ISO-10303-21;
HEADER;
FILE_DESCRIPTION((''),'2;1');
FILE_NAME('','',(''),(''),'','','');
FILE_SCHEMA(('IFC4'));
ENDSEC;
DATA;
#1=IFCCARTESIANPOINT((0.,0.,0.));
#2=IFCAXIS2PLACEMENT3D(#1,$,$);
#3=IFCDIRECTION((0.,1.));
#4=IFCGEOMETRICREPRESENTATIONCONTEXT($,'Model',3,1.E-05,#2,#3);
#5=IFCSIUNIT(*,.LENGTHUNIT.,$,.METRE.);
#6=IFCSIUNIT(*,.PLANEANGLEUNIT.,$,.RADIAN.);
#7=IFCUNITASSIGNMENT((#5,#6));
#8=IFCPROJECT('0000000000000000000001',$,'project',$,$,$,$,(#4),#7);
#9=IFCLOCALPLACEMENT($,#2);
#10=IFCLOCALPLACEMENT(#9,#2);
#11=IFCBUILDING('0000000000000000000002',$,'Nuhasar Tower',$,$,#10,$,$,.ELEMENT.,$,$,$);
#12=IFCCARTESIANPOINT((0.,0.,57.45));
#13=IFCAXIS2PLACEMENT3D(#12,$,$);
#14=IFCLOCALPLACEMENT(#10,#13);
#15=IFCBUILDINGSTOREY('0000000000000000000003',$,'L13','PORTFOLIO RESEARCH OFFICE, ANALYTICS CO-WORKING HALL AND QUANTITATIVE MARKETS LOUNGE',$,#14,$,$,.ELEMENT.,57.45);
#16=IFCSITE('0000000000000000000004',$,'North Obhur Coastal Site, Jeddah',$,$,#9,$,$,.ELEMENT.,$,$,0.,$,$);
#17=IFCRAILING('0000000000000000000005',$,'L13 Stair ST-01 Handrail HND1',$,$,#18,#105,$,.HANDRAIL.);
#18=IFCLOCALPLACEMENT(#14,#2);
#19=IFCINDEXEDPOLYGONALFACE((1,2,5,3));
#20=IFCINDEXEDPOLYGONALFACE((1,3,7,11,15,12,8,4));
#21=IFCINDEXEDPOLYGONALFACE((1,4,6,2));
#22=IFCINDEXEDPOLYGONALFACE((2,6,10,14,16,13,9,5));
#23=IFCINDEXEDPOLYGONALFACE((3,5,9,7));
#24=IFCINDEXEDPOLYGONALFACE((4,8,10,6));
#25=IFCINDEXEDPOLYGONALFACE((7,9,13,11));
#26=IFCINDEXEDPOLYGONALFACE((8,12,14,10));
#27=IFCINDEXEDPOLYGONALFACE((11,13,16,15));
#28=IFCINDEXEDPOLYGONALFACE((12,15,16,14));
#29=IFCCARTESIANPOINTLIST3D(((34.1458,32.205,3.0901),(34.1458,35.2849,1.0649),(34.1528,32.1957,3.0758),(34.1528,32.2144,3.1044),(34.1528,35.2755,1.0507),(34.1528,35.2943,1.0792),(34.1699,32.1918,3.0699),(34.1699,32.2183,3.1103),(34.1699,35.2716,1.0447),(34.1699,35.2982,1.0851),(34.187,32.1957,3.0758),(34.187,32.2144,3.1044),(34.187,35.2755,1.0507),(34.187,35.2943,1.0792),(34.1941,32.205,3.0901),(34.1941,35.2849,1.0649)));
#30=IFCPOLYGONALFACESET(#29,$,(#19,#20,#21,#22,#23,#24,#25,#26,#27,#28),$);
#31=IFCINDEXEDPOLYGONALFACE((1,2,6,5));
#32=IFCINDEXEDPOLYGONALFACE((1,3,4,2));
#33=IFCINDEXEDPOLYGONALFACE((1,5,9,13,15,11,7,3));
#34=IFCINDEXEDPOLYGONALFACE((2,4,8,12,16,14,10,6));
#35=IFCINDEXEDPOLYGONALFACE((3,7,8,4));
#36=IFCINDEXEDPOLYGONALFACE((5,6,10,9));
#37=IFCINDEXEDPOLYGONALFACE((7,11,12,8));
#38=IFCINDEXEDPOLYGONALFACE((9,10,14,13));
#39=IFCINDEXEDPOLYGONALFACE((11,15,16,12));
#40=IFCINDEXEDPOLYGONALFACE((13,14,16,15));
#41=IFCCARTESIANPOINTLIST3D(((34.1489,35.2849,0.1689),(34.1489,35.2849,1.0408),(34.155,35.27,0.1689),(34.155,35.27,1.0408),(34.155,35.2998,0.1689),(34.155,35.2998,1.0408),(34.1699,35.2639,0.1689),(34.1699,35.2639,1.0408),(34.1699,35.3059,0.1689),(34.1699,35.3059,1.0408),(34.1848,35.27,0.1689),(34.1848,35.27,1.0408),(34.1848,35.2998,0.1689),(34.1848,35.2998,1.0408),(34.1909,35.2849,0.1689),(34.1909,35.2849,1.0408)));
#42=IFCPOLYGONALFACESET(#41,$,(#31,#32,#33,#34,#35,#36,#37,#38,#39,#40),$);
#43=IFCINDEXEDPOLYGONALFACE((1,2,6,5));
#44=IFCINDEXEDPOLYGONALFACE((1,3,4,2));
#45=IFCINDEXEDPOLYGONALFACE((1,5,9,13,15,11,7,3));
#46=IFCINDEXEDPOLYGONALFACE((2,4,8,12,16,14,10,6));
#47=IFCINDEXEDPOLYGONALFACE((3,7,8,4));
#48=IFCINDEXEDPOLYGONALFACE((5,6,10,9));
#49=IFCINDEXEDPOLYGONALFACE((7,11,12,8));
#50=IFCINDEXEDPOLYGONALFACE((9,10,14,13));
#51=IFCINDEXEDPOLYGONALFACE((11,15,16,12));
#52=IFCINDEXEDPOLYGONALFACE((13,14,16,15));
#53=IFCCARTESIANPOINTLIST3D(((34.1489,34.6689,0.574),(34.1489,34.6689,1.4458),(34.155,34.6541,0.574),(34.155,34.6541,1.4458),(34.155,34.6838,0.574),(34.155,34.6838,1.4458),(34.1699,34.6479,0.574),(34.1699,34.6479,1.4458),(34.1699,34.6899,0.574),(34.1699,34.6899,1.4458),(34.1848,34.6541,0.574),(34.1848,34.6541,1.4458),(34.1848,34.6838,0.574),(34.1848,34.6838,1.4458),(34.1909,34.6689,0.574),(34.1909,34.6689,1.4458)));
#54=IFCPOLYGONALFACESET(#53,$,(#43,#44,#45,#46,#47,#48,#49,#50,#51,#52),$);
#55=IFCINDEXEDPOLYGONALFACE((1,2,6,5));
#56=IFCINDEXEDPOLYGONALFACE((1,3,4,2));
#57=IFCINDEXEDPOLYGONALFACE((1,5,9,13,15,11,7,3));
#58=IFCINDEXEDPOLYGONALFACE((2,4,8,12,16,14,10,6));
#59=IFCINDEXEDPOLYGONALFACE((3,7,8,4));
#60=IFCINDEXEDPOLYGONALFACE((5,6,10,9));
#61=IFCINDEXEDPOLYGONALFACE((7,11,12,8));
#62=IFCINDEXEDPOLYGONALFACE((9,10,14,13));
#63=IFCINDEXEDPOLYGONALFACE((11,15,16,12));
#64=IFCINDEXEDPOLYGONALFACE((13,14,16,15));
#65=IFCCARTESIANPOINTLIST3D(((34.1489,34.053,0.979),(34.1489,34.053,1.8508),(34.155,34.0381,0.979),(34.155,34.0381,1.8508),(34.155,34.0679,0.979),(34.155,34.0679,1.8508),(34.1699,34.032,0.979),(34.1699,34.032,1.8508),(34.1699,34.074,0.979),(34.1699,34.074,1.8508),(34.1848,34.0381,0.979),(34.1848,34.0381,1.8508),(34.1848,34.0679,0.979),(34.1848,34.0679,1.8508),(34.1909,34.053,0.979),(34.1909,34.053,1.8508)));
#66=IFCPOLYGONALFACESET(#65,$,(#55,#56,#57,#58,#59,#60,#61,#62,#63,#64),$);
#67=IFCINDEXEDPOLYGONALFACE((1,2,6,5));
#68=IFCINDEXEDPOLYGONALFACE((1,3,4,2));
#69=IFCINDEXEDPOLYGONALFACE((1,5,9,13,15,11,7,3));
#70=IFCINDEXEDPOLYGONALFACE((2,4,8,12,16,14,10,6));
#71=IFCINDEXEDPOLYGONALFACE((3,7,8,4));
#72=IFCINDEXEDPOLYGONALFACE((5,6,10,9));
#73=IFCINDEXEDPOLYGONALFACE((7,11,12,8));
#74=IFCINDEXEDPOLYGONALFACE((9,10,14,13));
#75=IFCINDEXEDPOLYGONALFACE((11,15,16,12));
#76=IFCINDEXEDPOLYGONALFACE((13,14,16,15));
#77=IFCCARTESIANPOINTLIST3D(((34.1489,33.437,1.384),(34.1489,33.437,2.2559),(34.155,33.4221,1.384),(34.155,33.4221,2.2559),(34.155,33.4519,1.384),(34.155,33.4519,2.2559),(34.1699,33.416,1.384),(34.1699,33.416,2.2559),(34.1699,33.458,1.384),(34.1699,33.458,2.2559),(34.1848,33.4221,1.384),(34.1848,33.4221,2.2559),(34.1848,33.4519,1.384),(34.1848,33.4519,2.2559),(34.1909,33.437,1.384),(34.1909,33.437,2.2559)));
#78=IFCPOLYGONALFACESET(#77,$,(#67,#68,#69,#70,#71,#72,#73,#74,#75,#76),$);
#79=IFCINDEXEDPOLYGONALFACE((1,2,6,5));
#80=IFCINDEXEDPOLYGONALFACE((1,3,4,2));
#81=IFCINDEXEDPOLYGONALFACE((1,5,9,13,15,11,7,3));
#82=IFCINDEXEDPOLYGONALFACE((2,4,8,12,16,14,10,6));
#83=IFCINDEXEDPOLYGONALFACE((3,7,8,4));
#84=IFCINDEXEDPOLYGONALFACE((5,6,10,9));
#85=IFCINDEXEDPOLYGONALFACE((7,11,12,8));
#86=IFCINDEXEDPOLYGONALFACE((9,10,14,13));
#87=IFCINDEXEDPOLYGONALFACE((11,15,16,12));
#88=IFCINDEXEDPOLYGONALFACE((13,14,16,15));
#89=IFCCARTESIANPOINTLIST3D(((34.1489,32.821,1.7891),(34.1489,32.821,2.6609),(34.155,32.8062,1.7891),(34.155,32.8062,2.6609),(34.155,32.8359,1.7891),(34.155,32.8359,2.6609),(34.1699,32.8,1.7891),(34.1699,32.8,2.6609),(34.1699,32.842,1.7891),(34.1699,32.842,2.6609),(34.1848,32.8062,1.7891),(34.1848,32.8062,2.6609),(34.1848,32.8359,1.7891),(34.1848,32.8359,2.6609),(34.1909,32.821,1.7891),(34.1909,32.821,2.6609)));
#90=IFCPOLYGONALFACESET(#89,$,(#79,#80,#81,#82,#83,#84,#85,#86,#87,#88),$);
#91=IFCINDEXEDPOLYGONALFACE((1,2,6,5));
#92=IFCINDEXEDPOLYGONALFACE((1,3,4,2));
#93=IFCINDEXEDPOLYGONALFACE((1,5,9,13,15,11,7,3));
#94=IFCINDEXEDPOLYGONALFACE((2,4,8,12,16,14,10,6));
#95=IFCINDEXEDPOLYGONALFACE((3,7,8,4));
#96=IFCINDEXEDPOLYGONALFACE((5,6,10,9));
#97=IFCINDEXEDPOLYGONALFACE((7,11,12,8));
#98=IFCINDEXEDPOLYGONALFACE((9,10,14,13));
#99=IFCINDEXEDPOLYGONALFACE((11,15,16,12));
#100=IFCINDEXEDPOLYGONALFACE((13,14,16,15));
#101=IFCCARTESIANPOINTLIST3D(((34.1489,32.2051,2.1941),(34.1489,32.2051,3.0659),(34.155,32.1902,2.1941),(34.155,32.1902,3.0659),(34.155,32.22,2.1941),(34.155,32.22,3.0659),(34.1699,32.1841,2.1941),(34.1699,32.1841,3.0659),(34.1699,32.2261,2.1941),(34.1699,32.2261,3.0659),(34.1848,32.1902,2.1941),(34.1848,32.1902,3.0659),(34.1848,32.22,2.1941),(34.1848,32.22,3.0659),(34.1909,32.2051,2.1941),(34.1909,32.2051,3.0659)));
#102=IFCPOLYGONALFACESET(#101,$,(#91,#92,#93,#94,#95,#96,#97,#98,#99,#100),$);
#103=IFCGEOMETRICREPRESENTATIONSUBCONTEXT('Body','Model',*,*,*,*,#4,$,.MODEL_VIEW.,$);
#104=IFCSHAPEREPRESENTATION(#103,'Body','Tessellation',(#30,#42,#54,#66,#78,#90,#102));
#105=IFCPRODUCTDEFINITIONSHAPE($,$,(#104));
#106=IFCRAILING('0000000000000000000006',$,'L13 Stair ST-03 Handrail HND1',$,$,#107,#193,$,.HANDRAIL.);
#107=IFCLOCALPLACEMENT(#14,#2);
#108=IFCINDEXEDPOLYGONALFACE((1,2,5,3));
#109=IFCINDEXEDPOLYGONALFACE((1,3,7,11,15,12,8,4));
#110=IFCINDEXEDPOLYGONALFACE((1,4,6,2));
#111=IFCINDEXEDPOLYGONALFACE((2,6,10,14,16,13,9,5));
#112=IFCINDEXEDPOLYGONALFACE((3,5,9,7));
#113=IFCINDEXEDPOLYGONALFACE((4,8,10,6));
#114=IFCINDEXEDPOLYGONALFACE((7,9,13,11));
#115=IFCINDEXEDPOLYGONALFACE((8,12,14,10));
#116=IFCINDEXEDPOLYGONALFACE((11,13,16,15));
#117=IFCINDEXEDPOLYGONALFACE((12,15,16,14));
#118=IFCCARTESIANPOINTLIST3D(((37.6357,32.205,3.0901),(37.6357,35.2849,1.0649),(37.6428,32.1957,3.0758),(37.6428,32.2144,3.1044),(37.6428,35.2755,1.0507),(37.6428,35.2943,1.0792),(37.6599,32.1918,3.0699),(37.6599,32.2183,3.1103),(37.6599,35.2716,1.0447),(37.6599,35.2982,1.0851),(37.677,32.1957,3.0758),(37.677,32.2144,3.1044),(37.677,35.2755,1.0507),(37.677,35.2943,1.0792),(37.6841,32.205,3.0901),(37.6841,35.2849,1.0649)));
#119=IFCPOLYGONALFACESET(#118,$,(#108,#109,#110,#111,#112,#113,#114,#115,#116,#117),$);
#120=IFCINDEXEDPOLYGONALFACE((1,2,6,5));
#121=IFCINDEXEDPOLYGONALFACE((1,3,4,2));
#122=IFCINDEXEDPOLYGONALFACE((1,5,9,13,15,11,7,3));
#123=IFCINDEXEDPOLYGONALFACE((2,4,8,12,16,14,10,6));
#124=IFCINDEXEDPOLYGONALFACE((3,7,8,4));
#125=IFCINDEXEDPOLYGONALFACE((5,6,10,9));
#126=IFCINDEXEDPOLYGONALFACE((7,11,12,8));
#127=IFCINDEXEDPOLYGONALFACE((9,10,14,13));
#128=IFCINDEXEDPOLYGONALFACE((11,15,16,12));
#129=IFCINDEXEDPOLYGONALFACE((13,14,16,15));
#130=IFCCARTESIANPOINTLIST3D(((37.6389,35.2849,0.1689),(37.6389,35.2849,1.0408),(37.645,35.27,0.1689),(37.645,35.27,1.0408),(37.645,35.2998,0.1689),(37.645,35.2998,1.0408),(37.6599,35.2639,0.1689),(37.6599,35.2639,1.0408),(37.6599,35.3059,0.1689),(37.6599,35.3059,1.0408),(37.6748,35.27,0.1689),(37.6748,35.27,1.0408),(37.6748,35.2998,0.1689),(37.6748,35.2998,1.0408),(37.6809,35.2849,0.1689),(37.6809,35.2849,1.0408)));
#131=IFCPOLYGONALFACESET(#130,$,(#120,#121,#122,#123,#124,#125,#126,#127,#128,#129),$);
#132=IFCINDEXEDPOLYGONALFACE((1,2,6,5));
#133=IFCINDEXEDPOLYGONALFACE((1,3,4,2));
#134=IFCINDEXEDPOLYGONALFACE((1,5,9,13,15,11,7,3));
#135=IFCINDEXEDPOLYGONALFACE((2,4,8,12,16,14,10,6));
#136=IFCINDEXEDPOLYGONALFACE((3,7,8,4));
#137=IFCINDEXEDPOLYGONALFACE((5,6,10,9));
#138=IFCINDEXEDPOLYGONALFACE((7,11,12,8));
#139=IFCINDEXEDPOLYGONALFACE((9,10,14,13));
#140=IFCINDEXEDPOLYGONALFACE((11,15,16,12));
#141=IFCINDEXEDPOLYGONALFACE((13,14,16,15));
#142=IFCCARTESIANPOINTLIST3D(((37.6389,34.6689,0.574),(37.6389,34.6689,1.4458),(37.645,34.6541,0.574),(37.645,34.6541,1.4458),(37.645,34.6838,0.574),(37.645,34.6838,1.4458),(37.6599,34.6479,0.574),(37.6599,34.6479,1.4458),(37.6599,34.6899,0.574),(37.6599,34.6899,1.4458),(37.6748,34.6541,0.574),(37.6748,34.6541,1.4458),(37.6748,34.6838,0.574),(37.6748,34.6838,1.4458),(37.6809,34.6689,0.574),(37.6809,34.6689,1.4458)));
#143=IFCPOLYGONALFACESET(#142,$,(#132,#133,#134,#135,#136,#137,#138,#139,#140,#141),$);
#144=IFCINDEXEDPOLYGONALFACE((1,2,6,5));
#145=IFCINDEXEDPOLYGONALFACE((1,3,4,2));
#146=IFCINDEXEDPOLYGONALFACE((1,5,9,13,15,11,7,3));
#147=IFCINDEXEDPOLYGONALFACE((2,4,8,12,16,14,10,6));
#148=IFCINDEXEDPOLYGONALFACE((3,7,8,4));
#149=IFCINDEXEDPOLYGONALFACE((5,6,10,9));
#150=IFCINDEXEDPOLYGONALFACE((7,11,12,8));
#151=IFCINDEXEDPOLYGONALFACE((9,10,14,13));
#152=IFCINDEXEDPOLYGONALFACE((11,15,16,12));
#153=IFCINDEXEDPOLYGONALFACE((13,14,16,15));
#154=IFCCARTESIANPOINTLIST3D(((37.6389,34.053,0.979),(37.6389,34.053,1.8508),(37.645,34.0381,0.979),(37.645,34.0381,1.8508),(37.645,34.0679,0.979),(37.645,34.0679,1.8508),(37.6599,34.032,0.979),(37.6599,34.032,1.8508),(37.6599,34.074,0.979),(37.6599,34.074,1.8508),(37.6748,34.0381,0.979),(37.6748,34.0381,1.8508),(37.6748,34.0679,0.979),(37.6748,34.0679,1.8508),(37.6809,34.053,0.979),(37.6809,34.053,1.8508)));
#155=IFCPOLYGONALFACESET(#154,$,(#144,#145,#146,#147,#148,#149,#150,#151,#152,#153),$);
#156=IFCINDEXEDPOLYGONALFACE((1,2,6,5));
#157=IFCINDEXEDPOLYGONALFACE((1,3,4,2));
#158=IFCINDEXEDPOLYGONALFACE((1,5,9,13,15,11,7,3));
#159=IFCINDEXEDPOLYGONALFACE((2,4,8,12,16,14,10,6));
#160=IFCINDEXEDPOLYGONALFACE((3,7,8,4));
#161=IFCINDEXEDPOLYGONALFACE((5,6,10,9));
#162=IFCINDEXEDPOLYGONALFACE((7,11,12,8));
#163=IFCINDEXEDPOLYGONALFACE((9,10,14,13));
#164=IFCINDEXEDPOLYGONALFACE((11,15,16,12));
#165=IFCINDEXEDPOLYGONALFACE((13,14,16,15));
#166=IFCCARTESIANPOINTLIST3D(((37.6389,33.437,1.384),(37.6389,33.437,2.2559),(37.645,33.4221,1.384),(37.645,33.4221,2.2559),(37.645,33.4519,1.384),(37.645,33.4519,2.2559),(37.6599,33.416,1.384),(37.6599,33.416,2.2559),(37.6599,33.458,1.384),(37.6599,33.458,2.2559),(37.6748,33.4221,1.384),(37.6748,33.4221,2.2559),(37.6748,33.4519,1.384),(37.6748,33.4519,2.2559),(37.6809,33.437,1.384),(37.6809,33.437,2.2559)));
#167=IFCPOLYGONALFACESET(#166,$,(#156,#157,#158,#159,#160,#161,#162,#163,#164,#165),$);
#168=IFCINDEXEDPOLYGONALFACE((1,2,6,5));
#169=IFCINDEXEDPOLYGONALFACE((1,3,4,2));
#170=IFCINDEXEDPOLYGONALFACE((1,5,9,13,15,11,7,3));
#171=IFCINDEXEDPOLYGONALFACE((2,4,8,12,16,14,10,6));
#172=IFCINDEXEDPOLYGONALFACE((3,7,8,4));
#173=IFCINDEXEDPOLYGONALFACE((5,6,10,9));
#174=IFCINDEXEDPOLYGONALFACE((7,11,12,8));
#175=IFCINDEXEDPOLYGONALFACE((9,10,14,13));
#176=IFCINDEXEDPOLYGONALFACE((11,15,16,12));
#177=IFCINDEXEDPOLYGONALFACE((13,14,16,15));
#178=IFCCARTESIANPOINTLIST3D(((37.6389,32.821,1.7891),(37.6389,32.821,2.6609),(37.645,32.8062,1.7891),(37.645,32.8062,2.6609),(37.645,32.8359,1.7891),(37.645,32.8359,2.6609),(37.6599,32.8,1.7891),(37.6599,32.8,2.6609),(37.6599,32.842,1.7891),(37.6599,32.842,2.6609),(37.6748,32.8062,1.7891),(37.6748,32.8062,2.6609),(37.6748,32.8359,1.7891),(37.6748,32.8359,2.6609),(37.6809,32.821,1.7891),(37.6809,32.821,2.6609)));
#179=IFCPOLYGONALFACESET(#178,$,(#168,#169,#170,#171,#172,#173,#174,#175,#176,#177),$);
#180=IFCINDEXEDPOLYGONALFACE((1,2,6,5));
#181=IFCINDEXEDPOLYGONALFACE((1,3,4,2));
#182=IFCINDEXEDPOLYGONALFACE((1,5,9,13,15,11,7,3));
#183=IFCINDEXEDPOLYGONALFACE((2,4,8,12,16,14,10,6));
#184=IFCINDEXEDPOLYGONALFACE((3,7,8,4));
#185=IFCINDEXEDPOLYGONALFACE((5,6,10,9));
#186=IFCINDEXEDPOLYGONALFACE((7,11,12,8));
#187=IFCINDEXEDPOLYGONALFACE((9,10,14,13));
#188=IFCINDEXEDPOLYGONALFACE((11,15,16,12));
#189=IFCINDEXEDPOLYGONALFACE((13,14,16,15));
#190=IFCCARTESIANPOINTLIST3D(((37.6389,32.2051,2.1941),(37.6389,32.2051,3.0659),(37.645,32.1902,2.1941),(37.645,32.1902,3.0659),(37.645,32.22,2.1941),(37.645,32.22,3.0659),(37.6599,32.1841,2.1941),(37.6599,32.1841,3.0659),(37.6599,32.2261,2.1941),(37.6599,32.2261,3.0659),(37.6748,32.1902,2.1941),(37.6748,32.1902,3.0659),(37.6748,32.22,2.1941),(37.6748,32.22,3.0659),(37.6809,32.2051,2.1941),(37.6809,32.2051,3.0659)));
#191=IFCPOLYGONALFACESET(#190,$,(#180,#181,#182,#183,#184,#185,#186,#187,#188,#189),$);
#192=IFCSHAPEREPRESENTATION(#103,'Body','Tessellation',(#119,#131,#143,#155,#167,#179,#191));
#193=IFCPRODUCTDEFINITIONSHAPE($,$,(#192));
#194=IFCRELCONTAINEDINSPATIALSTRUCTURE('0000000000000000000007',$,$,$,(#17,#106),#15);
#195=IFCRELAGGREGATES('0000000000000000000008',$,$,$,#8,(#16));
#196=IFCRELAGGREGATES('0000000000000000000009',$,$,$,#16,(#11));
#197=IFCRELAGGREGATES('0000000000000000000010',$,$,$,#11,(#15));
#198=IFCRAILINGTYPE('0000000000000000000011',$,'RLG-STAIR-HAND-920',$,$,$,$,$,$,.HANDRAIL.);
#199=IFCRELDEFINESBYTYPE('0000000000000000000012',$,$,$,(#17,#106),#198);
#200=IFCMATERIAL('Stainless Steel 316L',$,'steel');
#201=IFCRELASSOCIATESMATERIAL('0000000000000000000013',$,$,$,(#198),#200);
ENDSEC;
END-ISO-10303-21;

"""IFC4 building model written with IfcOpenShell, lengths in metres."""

from ifc_helpers import new_model, si_unit, direction, frame, origin, place, context, subcontext, project, spatial, polyline, outline, extrude, material, type_object, element, save


model = new_model("IFC4")

# Units and contexts
model_context = context("Model", 3, precision=1e-05, world=origin(), true_north=direction((0.0, 1.0)))
body_context = subcontext(model_context, "Body", "Model", "MODEL_VIEW")
ifc_project = project(units=[si_unit("LENGTHUNIT", "METRE"), si_unit("PLANEANGLEUNIT", "RADIAN")], contexts=[model_context])

# Site, building, storey
site_placement = place(None, origin())
site = spatial("IfcSite", under=ifc_project, at=site_placement, Name="North Obhur Coastal Site, Jeddah", CompositionType="ELEMENT", RefElevation=0.0)
building_placement = place(site_placement, origin())
building = spatial("IfcBuilding", under=site, at=building_placement, Name="Nuhasar Tower", CompositionType="ELEMENT")
storey_placement = place(building_placement, frame((0.0, 0.0, 57.45)))
storey = spatial("IfcBuildingStorey", under=building, at=storey_placement, Name="L13", Description="PORTFOLIO RESEARCH OFFICE, ANALYTICS CO-WORKING HALL AND QUANTITATIVE MARKETS LOUNGE", CompositionType="ELEMENT", Elevation=57.45)

# Railings
ifc_material_1 = material(Name="Stainless Steel 316L", Category="steel")
railing_type_1 = type_object("IfcRailingType", Name="RLG-STAIR-HAND-920", PredefinedType="HANDRAIL", material=ifc_material_1)
railing_1_placement = place(storey_placement, frame((34.1699, 35.2849, 0.1689)))
element("IfcRailing", 1, at=railing_1_placement, inside=storey, type_object=railing_type_1, Name="L13 Stair ST-01 Handrail HND1", PredefinedType="HANDRAIL", context=body_context, shape_type="SweptSolid", body=[
    extrude(outline(polyline([(0.0242, 0.0), (0.0171, 0.0171), (0.0, 0.0242), (-0.0171, 0.0171), (-0.0242, 0.0), (-0.0171, -0.0171), (0.0, -0.0242), (0.0171, -0.0171), (0.0242, 0.0)])), frame((0.0, 0.0, 0.896), z_axis=(0.0, -0.835549, 0.549416), x_axis=(1.0, 0.0, 0.0)), (0.0, 0.0, 1.0), 3.686),
    extrude(outline(polyline([(0.021, 0.0), (0.0149, 0.0149), (0.0, 0.021), (-0.0149, 0.0149), (-0.021, 0.0), (-0.0149, -0.0149), (0.0, -0.021), (0.0149, -0.0149), (0.021, 0.0)])), origin(), (0.0, 0.0, 1.0), 0.8718),
    extrude(outline(polyline([(0.021, 0.0), (0.0149, 0.0149), (0.0, 0.021), (-0.0149, 0.0149), (-0.021, 0.0), (-0.0149, -0.0149), (0.0, -0.021), (0.0149, -0.0149), (0.021, 0.0)])), frame((0.0, -0.616, 0.405)), (0.0, 0.0, 1.0), 0.8718),
    extrude(outline(polyline([(0.021, 0.0), (0.0149, 0.0149), (0.0, 0.021), (-0.0149, 0.0149), (-0.021, 0.0), (-0.0149, -0.0149), (0.0, -0.021), (0.0149, -0.0149), (0.021, 0.0)])), frame((0.0, -1.2319, 0.8101)), (0.0, 0.0, 1.0), 0.8718),
    extrude(outline(polyline([(0.021, 0.0), (0.0149, 0.0149), (0.0, 0.021), (-0.0149, 0.0149), (-0.021, 0.0), (-0.0149, -0.0149), (0.0, -0.021), (0.0149, -0.0149), (0.021, 0.0)])), frame((0.0, -1.8479, 1.2151)), (0.0, 0.0, 1.0), 0.8718),
    extrude(outline(polyline([(0.021, 0.0), (0.0149, 0.0149), (0.0, 0.021), (-0.0149, 0.0149), (-0.021, 0.0), (-0.0149, -0.0149), (0.0, -0.021), (0.0149, -0.0149), (0.021, 0.0)])), frame((0.0, -2.4639, 1.6201)), (0.0, 0.0, 1.0), 0.8718),
    extrude(outline(polyline([(0.021, 0.0), (0.0149, 0.0149), (0.0, 0.021), (-0.0149, 0.0149), (-0.021, 0.0), (-0.0149, -0.0149), (0.0, -0.021), (0.0149, -0.0149), (0.021, 0.0)])), frame((0.0, -3.0798, 2.0251)), (0.0, 0.0, 1.0), 0.8718),
])
railing_2_placement = place(storey_placement, frame((37.6599, 35.2849, 0.1689)))
element("IfcRailing", 2, at=railing_2_placement, inside=storey, type_object=railing_type_1, Name="L13 Stair ST-03 Handrail HND1", PredefinedType="HANDRAIL", context=body_context, shape_type="SweptSolid", body=[
    extrude(outline(polyline([(0.0242, 0.0), (0.0171, 0.0171), (0.0, 0.0242), (-0.0171, 0.0171), (-0.0242, 0.0), (-0.0171, -0.0171), (0.0, -0.0242), (0.0171, -0.0171), (0.0242, 0.0)])), frame((0.0, 0.0, 0.896), z_axis=(0.0, -0.835549, 0.549416), x_axis=(1.0, 0.0, 0.0)), (0.0, 0.0, 1.0), 3.686),
    extrude(outline(polyline([(0.021, 0.0), (0.0149, 0.0149), (0.0, 0.021), (-0.0149, 0.0149), (-0.021, 0.0), (-0.0149, -0.0149), (0.0, -0.021), (0.0149, -0.0149), (0.021, 0.0)])), origin(), (0.0, 0.0, 1.0), 0.8718),
    extrude(outline(polyline([(0.021, 0.0), (0.0149, 0.0149), (0.0, 0.021), (-0.0149, 0.0149), (-0.021, 0.0), (-0.0149, -0.0149), (0.0, -0.021), (0.0149, -0.0149), (0.021, 0.0)])), frame((0.0, -0.616, 0.405)), (0.0, 0.0, 1.0), 0.8718),
    extrude(outline(polyline([(0.021, 0.0), (0.0149, 0.0149), (0.0, 0.021), (-0.0149, 0.0149), (-0.021, 0.0), (-0.0149, -0.0149), (0.0, -0.021), (0.0149, -0.0149), (0.021, 0.0)])), frame((0.0, -1.2319, 0.8101)), (0.0, 0.0, 1.0), 0.8718),
    extrude(outline(polyline([(0.021, 0.0), (0.0149, 0.0149), (0.0, 0.021), (-0.0149, 0.0149), (-0.021, 0.0), (-0.0149, -0.0149), (0.0, -0.021), (0.0149, -0.0149), (0.021, 0.0)])), frame((0.0, -1.8479, 1.2151)), (0.0, 0.0, 1.0), 0.8718),
    extrude(outline(polyline([(0.021, 0.0), (0.0149, 0.0149), (0.0, 0.021), (-0.0149, 0.0149), (-0.021, 0.0), (-0.0149, -0.0149), (0.0, -0.021), (0.0149, -0.0149), (0.021, 0.0)])), frame((0.0, -2.4639, 1.6201)), (0.0, 0.0, 1.0), 0.8718),
    extrude(outline(polyline([(0.021, 0.0), (0.0149, 0.0149), (0.0, 0.021), (-0.0149, 0.0149), (-0.021, 0.0), (-0.0149, -0.0149), (0.0, -0.021), (0.0149, -0.0149), (0.021, 0.0)])), frame((0.0, -3.0798, 2.0251)), (0.0, 0.0, 1.0), 0.8718),
])

save(model, "model.ifc")
